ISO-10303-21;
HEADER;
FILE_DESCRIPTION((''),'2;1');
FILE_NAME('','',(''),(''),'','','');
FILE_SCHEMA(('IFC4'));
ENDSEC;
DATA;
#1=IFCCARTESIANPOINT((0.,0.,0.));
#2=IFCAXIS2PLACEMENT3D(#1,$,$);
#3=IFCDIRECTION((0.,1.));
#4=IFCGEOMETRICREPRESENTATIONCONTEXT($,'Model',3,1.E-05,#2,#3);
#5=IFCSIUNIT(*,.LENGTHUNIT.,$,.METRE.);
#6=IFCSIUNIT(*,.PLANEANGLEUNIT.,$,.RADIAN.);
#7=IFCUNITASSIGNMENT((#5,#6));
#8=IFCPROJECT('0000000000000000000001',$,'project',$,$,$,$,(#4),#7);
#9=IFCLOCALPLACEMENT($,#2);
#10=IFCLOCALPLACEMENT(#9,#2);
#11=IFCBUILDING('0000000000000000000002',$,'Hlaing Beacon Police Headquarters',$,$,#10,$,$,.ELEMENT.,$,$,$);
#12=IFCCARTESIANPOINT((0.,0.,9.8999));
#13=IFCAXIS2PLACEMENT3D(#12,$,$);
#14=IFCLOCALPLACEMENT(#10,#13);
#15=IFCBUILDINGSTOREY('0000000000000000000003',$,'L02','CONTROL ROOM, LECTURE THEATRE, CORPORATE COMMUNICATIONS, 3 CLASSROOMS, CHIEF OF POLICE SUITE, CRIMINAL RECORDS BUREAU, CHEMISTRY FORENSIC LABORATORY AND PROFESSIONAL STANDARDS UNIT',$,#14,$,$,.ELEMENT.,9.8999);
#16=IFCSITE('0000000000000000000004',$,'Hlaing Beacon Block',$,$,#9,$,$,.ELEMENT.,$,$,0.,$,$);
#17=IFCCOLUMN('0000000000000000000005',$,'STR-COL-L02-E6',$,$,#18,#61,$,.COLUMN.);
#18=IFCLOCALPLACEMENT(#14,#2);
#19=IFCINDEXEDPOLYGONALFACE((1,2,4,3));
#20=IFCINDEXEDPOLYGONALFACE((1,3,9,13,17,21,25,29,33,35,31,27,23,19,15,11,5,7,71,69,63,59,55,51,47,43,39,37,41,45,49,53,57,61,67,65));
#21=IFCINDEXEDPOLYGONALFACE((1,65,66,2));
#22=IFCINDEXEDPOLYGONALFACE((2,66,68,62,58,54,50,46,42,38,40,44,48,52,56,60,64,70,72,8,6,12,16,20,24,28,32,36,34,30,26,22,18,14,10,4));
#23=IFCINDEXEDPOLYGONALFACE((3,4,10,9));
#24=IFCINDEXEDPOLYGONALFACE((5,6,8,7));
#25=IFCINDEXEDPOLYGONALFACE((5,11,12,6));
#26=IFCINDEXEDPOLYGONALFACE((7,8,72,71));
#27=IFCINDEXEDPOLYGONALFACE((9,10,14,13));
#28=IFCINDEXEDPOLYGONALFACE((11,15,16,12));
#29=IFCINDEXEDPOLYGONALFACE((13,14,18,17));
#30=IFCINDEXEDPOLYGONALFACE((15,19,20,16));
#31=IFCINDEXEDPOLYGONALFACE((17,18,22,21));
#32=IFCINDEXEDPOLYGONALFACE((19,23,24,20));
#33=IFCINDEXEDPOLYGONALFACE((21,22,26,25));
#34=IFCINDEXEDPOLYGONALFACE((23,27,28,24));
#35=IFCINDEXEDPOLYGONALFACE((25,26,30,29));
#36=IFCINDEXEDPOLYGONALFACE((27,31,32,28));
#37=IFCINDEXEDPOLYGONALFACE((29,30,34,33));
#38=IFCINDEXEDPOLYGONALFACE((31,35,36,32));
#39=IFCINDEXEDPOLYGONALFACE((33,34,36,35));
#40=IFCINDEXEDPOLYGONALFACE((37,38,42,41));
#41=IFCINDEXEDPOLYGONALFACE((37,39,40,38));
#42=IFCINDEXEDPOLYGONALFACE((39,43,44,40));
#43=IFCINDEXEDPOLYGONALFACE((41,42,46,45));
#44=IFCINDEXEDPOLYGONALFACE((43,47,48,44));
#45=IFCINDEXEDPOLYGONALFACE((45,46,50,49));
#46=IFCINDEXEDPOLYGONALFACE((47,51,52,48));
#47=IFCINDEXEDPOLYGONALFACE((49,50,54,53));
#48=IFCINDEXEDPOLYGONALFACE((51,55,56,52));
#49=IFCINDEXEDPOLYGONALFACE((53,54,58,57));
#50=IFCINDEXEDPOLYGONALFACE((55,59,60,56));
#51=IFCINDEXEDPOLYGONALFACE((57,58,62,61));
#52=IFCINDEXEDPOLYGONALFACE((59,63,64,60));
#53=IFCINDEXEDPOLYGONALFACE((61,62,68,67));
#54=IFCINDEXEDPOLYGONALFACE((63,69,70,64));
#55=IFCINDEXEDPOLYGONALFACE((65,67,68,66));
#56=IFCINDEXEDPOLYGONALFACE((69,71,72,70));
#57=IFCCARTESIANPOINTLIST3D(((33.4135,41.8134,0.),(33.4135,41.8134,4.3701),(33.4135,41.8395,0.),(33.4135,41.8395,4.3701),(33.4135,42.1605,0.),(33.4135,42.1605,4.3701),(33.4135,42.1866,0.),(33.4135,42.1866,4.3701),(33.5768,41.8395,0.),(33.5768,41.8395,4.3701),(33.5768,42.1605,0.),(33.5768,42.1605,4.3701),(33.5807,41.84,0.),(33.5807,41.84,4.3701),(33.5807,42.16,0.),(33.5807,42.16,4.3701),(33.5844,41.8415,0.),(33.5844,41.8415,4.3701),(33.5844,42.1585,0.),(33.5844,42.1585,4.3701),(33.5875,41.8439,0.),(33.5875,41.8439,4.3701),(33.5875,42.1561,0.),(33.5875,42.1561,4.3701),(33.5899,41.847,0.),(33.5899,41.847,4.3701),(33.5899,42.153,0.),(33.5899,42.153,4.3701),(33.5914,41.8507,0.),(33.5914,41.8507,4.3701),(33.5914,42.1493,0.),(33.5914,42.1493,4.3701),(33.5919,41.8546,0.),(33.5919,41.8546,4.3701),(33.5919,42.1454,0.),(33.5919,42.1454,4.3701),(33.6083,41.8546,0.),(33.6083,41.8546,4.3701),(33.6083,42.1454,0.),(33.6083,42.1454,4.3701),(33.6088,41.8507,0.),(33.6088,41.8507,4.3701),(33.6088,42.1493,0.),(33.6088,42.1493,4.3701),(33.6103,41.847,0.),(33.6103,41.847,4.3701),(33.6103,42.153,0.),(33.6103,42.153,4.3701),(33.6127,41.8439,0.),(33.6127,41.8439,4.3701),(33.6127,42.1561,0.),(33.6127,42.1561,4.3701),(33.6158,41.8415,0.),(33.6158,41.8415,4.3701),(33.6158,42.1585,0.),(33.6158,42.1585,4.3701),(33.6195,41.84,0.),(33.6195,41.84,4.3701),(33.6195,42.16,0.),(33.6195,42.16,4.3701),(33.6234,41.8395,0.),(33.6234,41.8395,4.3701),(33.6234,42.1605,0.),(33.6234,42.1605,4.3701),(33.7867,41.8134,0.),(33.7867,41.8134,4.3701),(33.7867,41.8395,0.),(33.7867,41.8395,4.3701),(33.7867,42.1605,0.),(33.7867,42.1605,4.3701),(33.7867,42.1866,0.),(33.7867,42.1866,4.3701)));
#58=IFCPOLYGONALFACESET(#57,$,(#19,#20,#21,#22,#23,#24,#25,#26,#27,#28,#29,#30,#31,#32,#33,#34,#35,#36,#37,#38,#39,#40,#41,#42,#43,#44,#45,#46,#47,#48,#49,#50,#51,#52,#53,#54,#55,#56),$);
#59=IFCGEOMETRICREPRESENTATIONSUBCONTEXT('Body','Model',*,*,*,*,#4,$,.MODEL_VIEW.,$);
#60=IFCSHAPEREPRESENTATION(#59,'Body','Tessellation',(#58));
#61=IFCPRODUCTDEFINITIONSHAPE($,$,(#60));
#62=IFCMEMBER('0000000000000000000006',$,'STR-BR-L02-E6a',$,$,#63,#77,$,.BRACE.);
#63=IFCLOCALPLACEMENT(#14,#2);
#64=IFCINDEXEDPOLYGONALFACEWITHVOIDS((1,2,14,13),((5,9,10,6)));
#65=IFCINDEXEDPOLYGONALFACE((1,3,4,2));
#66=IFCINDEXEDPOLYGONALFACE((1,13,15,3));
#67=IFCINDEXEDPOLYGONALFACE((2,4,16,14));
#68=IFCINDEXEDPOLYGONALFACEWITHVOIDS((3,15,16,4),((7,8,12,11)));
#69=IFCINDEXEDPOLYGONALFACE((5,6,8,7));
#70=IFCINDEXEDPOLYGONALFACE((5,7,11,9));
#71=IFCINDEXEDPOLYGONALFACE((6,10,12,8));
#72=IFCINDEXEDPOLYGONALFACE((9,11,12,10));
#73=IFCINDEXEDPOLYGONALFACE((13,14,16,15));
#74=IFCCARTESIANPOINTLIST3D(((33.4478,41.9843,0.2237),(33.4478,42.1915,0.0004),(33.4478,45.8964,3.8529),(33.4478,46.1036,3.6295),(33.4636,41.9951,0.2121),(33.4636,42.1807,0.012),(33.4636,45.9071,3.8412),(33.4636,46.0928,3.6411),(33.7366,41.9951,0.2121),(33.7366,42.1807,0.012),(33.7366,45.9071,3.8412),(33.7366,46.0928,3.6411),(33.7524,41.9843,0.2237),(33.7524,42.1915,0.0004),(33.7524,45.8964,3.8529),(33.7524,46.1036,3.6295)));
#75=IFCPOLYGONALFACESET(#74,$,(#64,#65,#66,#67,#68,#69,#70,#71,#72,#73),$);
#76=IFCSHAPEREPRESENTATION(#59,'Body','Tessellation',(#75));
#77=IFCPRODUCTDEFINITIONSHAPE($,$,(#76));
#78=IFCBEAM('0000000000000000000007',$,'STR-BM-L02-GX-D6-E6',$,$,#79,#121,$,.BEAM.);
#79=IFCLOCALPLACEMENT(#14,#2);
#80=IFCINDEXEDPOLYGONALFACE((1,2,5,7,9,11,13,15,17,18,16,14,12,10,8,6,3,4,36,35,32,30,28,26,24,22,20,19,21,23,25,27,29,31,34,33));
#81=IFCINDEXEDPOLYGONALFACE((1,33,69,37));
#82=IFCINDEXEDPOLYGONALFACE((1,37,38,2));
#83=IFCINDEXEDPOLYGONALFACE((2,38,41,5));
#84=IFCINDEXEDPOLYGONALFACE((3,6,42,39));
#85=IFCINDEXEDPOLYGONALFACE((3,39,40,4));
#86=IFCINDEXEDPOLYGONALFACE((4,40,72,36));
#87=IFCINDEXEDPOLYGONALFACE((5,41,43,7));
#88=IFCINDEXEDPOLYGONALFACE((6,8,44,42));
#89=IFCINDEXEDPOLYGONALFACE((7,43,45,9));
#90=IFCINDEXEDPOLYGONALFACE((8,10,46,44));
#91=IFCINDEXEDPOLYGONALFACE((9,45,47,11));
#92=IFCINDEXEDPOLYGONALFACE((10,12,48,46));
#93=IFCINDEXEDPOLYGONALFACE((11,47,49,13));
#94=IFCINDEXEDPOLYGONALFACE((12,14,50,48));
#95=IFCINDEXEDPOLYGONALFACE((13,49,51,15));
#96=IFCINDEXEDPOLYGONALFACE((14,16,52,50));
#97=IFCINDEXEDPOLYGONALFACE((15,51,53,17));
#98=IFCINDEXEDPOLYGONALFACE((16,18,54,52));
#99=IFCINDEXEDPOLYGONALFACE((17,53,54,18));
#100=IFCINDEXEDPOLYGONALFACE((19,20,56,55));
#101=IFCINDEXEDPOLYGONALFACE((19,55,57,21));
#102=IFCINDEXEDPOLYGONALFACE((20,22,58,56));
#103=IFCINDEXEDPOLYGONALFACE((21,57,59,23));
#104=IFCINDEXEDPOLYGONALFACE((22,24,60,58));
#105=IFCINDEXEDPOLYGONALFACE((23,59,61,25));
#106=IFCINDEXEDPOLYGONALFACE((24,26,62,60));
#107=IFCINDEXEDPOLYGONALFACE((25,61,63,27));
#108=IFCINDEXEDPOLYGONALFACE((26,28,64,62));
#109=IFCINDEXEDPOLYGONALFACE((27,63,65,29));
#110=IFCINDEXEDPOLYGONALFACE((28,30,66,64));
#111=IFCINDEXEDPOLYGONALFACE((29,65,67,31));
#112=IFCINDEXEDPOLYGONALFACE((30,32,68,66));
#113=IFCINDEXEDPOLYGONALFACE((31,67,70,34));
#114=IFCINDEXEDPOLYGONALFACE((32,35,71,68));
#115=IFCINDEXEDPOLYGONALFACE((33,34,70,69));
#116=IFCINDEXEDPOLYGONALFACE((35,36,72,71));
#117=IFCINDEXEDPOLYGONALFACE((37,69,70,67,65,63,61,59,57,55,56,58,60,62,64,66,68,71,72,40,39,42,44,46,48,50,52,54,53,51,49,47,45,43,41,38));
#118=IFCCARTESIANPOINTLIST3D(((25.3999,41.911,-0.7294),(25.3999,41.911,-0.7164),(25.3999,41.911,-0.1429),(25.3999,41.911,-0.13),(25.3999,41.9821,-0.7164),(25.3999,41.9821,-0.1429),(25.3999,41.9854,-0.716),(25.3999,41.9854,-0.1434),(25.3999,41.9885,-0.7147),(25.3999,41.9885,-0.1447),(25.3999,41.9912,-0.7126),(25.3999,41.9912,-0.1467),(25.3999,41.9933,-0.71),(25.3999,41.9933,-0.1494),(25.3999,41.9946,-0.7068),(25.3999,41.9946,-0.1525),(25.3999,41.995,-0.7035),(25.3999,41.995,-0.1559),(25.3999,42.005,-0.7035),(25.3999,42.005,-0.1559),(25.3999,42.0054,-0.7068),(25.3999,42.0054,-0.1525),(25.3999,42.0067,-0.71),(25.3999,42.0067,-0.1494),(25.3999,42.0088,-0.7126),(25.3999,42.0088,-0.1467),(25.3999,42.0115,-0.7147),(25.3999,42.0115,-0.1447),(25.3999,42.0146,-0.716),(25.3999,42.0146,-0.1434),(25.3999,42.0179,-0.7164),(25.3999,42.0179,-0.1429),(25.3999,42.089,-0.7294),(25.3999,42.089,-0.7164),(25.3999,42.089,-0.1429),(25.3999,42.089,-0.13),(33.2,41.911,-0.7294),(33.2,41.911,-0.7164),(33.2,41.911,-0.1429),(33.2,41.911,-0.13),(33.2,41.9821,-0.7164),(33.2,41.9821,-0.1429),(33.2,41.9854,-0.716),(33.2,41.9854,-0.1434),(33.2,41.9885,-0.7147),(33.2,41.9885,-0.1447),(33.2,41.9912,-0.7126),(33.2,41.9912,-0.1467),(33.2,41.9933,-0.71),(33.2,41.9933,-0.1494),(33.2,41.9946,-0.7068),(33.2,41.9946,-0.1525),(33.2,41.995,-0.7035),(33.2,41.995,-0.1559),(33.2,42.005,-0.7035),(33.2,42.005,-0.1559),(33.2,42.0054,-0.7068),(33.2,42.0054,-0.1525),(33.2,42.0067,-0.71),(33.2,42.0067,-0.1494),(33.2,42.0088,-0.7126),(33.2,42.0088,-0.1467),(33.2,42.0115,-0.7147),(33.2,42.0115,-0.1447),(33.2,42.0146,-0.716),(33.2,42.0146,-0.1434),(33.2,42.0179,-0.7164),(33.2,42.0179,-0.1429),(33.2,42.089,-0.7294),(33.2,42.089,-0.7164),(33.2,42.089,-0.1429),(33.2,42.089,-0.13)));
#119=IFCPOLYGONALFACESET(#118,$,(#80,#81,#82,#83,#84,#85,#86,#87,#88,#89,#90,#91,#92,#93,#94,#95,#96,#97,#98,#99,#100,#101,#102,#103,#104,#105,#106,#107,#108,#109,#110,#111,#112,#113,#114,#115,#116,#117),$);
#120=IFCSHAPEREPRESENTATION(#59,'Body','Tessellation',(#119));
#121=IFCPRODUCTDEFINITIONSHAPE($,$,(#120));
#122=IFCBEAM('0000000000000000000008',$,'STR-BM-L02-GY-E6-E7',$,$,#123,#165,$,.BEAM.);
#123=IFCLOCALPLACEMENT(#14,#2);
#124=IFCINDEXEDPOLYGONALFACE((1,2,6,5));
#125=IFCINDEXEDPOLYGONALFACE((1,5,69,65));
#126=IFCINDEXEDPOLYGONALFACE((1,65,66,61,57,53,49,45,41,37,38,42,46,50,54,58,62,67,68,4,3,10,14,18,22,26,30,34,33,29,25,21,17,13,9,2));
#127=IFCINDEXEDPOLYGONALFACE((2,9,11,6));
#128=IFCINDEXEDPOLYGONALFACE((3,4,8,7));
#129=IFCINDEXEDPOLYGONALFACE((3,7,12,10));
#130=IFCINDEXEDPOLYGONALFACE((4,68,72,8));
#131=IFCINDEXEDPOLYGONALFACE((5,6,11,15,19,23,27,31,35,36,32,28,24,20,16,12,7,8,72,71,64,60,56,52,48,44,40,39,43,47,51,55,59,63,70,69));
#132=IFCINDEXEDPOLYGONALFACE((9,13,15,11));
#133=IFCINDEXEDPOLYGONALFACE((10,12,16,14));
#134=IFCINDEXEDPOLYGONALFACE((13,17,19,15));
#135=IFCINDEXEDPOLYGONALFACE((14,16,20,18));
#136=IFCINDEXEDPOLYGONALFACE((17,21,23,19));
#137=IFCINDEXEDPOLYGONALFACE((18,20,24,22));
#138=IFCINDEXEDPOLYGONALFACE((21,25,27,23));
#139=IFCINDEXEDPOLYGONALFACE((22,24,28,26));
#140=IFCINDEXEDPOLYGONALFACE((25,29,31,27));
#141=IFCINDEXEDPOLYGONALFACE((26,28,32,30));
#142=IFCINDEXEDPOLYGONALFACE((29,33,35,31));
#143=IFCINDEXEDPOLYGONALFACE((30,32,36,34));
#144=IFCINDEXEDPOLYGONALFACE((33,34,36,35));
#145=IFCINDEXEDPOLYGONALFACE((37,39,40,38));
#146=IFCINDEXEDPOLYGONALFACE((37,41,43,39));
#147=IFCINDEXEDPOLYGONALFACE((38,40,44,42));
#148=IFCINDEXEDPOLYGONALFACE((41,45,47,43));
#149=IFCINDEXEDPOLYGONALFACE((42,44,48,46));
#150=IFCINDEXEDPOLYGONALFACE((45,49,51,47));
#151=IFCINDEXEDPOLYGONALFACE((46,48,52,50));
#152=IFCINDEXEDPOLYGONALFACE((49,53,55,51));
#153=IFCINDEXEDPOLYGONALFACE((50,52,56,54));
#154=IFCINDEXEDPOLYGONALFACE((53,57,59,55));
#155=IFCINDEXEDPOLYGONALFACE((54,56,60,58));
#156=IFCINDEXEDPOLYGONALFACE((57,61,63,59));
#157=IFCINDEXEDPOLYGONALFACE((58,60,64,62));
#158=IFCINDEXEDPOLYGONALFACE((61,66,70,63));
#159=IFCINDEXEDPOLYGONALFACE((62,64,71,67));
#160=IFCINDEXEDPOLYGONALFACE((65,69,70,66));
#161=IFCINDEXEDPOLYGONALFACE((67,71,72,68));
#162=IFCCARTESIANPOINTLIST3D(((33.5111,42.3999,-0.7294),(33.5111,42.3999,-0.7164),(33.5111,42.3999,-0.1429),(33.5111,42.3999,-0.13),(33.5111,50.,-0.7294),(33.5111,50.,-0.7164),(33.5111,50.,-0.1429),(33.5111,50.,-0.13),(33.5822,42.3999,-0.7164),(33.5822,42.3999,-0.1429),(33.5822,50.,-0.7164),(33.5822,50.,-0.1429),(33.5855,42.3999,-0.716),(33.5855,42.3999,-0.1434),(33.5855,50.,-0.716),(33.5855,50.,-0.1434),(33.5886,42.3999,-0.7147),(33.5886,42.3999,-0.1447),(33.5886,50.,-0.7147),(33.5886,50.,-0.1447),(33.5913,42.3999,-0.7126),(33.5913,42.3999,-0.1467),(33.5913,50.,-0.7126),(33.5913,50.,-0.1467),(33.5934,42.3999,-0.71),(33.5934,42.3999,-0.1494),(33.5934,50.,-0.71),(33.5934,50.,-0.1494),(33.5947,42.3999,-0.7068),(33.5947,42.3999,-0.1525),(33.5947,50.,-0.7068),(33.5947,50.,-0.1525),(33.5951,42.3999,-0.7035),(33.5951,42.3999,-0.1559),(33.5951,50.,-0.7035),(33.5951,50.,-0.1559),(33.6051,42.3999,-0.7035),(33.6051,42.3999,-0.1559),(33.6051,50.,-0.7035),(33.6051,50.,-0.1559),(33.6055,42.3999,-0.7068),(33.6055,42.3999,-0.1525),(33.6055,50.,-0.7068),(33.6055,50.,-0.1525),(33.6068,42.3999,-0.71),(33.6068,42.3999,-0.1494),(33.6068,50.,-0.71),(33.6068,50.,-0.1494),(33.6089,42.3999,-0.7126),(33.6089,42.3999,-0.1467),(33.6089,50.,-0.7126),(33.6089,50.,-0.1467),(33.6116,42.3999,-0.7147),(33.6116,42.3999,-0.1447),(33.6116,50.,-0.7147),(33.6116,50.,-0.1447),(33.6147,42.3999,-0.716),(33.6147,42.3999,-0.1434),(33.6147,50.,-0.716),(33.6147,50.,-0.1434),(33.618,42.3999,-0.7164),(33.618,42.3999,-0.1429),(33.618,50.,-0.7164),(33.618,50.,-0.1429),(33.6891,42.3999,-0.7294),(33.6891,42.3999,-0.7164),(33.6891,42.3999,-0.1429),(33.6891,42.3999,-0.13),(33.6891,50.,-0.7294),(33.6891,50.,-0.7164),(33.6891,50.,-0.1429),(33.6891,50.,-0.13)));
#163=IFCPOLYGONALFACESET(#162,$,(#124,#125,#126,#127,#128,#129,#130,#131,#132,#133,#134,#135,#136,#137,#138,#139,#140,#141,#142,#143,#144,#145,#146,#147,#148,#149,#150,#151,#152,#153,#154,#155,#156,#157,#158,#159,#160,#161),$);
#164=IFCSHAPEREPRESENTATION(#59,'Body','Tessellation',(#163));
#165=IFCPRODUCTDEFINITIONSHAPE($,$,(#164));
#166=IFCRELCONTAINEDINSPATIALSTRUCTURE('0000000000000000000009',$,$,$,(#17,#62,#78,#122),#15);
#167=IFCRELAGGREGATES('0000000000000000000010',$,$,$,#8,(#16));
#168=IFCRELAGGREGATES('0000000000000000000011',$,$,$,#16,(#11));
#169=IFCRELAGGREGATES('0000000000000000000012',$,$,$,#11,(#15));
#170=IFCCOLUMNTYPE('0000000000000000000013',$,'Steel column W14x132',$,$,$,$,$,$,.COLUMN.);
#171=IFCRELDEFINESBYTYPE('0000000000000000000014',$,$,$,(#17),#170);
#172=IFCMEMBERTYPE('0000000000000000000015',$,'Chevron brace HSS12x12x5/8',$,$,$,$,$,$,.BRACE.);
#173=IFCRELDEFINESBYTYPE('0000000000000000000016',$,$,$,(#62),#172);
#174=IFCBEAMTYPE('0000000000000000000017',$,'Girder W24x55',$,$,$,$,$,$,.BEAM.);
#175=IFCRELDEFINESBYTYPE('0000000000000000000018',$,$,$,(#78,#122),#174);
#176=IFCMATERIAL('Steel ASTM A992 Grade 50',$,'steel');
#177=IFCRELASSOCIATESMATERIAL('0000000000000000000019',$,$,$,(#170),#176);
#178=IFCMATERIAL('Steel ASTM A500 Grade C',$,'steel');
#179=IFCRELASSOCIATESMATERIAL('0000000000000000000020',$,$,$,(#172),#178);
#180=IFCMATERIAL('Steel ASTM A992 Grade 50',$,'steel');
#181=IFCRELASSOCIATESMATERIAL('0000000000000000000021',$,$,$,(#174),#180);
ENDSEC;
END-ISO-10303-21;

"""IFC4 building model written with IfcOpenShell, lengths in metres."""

from ifc_helpers import new_model, si_unit, direction, frame, origin, origin_2d, place, context, subcontext, project, spatial, hollow_rectangle, i_section, extrude, material, material_profile, profile_set, type_object, element, save


model = new_model("IFC4")

# Units and contexts
model_context = context("Model", 3, precision=1e-05, world=origin(), true_north=direction((0.0, 1.0)))
body_context = subcontext(model_context, "Body", "Model", "MODEL_VIEW")
ifc_project = project(units=[si_unit("LENGTHUNIT", "METRE"), si_unit("PLANEANGLEUNIT", "RADIAN")], contexts=[model_context])

# Site, building, storey
site_placement = place(None, origin())
site = spatial("IfcSite", under=ifc_project, at=site_placement, Name="Hlaing Beacon Block", CompositionType="ELEMENT", RefElevation=0.0)
building_placement = place(site_placement, origin())
building = spatial("IfcBuilding", under=site, at=building_placement, Name="Hlaing Beacon Police Headquarters", CompositionType="ELEMENT")
storey_placement = place(building_placement, frame((0.0, 0.0, 9.8999)))
storey = spatial("IfcBuildingStorey", under=building, at=storey_placement, Name="L02", Description="CONTROL ROOM, LECTURE THEATRE, CORPORATE COMMUNICATIONS, 3 CLASSROOMS, CHIEF OF POLICE SUITE, CRIMINAL RECORDS BUREAU, CHEMISTRY FORENSIC LABORATORY AND PROFESSIONAL STANDARDS UNIT", CompositionType="ELEMENT", Elevation=9.8999)

# Column
ifc_material_1 = material(Name="Steel ASTM A992 Grade 50", Category="steel")
ifc_material_profile_1 = material_profile(ifc_material_1, i_section(OverallWidth=0.3733, OverallDepth=0.3733, WebThickness=0.0164, FlangeThickness=0.0261, FilletRadius=0.0151, at=origin_2d()), Name="W14x132")
ifc_profile_set_1 = profile_set([ifc_material_profile_1], Name="Steel ASTM A992 Grade 50")
column_type = type_object("IfcColumnType", Name="Steel column W14x132", PredefinedType="COLUMN", material=ifc_profile_set_1)
column_placement = place(storey_placement, frame((33.6001, 42.0, 0.0), z_axis=(0.0, 0.0, 1.0), x_axis=(1.0, 0.0, 0.0)))
element("IfcColumn", 1, at=column_placement, inside=storey, type_object=column_type, Name="STR-COL-L02-E6", PredefinedType="COLUMN", context=body_context, shape_type="SweptSolid", body=[
    extrude(i_section(OverallWidth=0.3733, OverallDepth=0.3733, WebThickness=0.0164, FlangeThickness=0.0261, FilletRadius=0.0151, at=origin_2d()), origin(), (0.0, 0.0, 1.0), 4.3701),
])

# Member
ifc_material_2 = material(Name="Steel ASTM A500 Grade C", Category="steel")
ifc_material_profile_2 = material_profile(ifc_material_2, hollow_rectangle(XDim=0.3047, YDim=0.3047, WallThickness=0.0159, at=origin_2d()), Name="HSS12x12x5/8")
ifc_profile_set_2 = profile_set([ifc_material_profile_2], Name="Steel ASTM A500 Grade C")
member_type = type_object("IfcMemberType", Name="Chevron brace HSS12x12x5/8", PredefinedType="BRACE", material=ifc_profile_set_2)
member_placement = place(storey_placement, frame((33.6001, 42.0879, 0.1121), z_axis=(0.0, 0.733123, 0.680097), x_axis=(-1.0, 0.0, 0.0)))
element("IfcMember", 2, at=member_placement, inside=storey, type_object=member_type, Name="STR-BR-L02-E6a", PredefinedType="BRACE", context=body_context, shape_type="SweptSolid", body=[
    extrude(hollow_rectangle(XDim=0.3047, YDim=0.3047, WallThickness=0.0159, at=origin_2d()), origin(), (0.0, 0.0, 1.0), 5.3362),
])

# Beams
ifc_material_3 = material(Name="Steel ASTM A992 Grade 50", Category="steel")
ifc_material_profile_3 = material_profile(ifc_material_3, i_section(OverallWidth=0.178, OverallDepth=0.5994, WebThickness=0.01, FlangeThickness=0.0129, FilletRadius=0.0129, at=origin_2d()), Name="W24x55")
ifc_profile_set_3 = profile_set([ifc_material_profile_3], Name="Steel ASTM A992 Grade 50")
beam_type_1 = type_object("IfcBeamType", Name="Girder W24x55", PredefinedType="BEAM", material=ifc_profile_set_3)
beam_1_placement = place(storey_placement, frame((25.3999, 42.0, -0.4297), z_axis=(1.0, 0.0, 0.0), x_axis=(0.0, 1.0, 0.0)))
element("IfcBeam", 3, at=beam_1_placement, inside=storey, type_object=beam_type_1, Name="STR-BM-L02-GX-D6-E6", PredefinedType="BEAM", context=body_context, shape_type="SweptSolid", body=[
    extrude(i_section(OverallWidth=0.178, OverallDepth=0.5994, WebThickness=0.01, FlangeThickness=0.0129, FilletRadius=0.0129, at=origin_2d()), origin(), (0.0, 0.0, 1.0), 7.8),
])
beam_2_placement = place(storey_placement, frame((33.6001, 42.3999, -0.4297), z_axis=(0.0, 1.0, 0.0), x_axis=(-1.0, 0.0, 0.0)))
element("IfcBeam", 4, at=beam_2_placement, inside=storey, type_object=beam_type_1, Name="STR-BM-L02-GY-E6-E7", PredefinedType="BEAM", context=body_context, shape_type="SweptSolid", body=[
    extrude(i_section(OverallWidth=0.178, OverallDepth=0.5994, WebThickness=0.01, FlangeThickness=0.0129, FilletRadius=0.0129, at=origin_2d()), origin(), (0.0, 0.0, 1.0), 7.6001),
])

save(model, "model.ifc")
